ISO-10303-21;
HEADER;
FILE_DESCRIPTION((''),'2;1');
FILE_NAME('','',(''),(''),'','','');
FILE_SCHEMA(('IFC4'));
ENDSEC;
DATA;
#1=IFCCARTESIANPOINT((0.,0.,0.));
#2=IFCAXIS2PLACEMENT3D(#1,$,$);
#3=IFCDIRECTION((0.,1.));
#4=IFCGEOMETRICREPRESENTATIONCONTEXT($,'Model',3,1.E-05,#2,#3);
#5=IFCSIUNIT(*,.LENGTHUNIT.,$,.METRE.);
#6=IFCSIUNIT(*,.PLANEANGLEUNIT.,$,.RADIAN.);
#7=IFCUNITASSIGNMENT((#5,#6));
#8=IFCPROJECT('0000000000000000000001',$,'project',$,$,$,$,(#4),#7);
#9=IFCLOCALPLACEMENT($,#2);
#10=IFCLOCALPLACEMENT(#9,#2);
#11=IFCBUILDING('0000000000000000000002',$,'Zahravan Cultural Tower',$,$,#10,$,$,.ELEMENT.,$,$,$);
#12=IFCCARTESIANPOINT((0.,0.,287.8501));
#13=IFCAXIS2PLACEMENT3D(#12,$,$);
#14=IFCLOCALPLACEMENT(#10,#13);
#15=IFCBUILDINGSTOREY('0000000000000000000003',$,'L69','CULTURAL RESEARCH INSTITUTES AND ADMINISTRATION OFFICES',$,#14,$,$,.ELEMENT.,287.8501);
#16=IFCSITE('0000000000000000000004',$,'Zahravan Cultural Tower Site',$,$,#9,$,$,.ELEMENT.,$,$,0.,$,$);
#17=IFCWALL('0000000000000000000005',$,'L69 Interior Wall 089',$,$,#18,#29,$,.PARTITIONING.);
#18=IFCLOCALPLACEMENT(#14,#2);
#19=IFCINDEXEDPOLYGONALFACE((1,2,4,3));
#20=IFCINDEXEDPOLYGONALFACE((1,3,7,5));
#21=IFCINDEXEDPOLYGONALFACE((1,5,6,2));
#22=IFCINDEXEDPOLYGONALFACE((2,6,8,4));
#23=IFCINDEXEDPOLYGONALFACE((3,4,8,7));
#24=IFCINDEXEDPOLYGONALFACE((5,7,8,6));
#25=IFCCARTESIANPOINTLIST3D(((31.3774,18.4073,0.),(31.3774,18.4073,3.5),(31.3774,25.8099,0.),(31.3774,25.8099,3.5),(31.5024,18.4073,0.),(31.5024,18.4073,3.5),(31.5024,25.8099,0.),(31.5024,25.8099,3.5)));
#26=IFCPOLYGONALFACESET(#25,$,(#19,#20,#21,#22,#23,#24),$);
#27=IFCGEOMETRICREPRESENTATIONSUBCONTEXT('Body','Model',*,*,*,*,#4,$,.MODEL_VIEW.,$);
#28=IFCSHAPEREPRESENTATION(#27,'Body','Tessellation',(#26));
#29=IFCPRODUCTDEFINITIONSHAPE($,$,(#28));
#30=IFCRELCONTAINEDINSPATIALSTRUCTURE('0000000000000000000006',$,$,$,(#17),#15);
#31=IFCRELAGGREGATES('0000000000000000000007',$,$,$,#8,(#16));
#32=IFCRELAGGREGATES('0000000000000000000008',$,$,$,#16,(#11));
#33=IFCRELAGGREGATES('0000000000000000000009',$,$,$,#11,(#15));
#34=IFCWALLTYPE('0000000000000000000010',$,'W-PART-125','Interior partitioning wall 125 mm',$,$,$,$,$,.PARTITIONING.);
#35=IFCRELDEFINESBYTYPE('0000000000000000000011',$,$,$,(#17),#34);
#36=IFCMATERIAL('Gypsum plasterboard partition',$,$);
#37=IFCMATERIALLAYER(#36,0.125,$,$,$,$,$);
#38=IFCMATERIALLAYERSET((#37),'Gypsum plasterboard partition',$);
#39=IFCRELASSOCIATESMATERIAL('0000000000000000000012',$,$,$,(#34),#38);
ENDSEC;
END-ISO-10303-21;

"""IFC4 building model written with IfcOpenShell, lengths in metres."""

from ifc_helpers import new_model, si_unit, direction, frame, frame_2d, origin, place, context, subcontext, project, spatial, rectangle, extrude, source, transform, mapped, material, layer, layer_set, type_object, element, save


model = new_model("IFC4")

# Units and contexts
model_context = context("Model", 3, precision=1e-05, world=origin(), true_north=direction((0.0, 1.0)))
body_context = subcontext(model_context, "Body", "Model", "MODEL_VIEW")
ifc_project = project(units=[si_unit("LENGTHUNIT", "METRE"), si_unit("PLANEANGLEUNIT", "RADIAN")], contexts=[model_context])

# Site, building, storey
site_placement = place(None, origin())
site = spatial("IfcSite", under=ifc_project, at=site_placement, Name="Zahravan Cultural Tower Site", CompositionType="ELEMENT", RefElevation=0.0)
building_placement = place(site_placement, origin())
building = spatial("IfcBuilding", under=site, at=building_placement, Name="Zahravan Cultural Tower", CompositionType="ELEMENT")
storey_placement = place(building_placement, frame((0.0, 0.0, 287.8501)))
storey = spatial("IfcBuildingStorey", under=building, at=storey_placement, Name="L69", Description="CULTURAL RESEARCH INSTITUTES AND ADMINISTRATION OFFICES", CompositionType="ELEMENT", Elevation=287.8501)

# Shared definitions
ifc_material_1 = material(Name="Gypsum plasterboard partition")
ifc_layer_1 = layer(ifc_material_1, 0.125)
ifc_layer_set_1 = layer_set([ifc_layer_1], Name="Gypsum plasterboard partition")
wall_type_1 = type_object("IfcWallType", Name="W-PART-125", Description="Interior partitioning wall 125 mm", PredefinedType="PARTITIONING", material=ifc_layer_set_1)

# Wall
shared_shape_1 = source(origin(), body_context, "Body", "SweptSolid", [
    extrude(rectangle(XDim=7.4026, YDim=0.125, at=frame_2d((3.7012, 0.0))), origin(), (0.0, 0.0, 1.0), 3.5),
])
wall_1_placement = place(storey_placement, frame((31.4399, 18.4075, 0.0), z_axis=(0.0, 0.0, 1.0), x_axis=(0.0, 1.0, 0.0)))
element("IfcWall", 1, at=wall_1_placement, inside=storey, type_object=wall_type_1, Name="L69 Interior Wall 089", PredefinedType="PARTITIONING", context=body_context, shape_type="MappedRepresentation", body=[
    mapped(shared_shape_1, transform((0.0, 0.0, 0.0), x_axis=(1.0, 0.0, 0.0), y_axis=(0.0, 1.0, 0.0), z_axis=(0.0, 0.0, 1.0), scale=1.0)),
])

save(model, "model.ifc")
